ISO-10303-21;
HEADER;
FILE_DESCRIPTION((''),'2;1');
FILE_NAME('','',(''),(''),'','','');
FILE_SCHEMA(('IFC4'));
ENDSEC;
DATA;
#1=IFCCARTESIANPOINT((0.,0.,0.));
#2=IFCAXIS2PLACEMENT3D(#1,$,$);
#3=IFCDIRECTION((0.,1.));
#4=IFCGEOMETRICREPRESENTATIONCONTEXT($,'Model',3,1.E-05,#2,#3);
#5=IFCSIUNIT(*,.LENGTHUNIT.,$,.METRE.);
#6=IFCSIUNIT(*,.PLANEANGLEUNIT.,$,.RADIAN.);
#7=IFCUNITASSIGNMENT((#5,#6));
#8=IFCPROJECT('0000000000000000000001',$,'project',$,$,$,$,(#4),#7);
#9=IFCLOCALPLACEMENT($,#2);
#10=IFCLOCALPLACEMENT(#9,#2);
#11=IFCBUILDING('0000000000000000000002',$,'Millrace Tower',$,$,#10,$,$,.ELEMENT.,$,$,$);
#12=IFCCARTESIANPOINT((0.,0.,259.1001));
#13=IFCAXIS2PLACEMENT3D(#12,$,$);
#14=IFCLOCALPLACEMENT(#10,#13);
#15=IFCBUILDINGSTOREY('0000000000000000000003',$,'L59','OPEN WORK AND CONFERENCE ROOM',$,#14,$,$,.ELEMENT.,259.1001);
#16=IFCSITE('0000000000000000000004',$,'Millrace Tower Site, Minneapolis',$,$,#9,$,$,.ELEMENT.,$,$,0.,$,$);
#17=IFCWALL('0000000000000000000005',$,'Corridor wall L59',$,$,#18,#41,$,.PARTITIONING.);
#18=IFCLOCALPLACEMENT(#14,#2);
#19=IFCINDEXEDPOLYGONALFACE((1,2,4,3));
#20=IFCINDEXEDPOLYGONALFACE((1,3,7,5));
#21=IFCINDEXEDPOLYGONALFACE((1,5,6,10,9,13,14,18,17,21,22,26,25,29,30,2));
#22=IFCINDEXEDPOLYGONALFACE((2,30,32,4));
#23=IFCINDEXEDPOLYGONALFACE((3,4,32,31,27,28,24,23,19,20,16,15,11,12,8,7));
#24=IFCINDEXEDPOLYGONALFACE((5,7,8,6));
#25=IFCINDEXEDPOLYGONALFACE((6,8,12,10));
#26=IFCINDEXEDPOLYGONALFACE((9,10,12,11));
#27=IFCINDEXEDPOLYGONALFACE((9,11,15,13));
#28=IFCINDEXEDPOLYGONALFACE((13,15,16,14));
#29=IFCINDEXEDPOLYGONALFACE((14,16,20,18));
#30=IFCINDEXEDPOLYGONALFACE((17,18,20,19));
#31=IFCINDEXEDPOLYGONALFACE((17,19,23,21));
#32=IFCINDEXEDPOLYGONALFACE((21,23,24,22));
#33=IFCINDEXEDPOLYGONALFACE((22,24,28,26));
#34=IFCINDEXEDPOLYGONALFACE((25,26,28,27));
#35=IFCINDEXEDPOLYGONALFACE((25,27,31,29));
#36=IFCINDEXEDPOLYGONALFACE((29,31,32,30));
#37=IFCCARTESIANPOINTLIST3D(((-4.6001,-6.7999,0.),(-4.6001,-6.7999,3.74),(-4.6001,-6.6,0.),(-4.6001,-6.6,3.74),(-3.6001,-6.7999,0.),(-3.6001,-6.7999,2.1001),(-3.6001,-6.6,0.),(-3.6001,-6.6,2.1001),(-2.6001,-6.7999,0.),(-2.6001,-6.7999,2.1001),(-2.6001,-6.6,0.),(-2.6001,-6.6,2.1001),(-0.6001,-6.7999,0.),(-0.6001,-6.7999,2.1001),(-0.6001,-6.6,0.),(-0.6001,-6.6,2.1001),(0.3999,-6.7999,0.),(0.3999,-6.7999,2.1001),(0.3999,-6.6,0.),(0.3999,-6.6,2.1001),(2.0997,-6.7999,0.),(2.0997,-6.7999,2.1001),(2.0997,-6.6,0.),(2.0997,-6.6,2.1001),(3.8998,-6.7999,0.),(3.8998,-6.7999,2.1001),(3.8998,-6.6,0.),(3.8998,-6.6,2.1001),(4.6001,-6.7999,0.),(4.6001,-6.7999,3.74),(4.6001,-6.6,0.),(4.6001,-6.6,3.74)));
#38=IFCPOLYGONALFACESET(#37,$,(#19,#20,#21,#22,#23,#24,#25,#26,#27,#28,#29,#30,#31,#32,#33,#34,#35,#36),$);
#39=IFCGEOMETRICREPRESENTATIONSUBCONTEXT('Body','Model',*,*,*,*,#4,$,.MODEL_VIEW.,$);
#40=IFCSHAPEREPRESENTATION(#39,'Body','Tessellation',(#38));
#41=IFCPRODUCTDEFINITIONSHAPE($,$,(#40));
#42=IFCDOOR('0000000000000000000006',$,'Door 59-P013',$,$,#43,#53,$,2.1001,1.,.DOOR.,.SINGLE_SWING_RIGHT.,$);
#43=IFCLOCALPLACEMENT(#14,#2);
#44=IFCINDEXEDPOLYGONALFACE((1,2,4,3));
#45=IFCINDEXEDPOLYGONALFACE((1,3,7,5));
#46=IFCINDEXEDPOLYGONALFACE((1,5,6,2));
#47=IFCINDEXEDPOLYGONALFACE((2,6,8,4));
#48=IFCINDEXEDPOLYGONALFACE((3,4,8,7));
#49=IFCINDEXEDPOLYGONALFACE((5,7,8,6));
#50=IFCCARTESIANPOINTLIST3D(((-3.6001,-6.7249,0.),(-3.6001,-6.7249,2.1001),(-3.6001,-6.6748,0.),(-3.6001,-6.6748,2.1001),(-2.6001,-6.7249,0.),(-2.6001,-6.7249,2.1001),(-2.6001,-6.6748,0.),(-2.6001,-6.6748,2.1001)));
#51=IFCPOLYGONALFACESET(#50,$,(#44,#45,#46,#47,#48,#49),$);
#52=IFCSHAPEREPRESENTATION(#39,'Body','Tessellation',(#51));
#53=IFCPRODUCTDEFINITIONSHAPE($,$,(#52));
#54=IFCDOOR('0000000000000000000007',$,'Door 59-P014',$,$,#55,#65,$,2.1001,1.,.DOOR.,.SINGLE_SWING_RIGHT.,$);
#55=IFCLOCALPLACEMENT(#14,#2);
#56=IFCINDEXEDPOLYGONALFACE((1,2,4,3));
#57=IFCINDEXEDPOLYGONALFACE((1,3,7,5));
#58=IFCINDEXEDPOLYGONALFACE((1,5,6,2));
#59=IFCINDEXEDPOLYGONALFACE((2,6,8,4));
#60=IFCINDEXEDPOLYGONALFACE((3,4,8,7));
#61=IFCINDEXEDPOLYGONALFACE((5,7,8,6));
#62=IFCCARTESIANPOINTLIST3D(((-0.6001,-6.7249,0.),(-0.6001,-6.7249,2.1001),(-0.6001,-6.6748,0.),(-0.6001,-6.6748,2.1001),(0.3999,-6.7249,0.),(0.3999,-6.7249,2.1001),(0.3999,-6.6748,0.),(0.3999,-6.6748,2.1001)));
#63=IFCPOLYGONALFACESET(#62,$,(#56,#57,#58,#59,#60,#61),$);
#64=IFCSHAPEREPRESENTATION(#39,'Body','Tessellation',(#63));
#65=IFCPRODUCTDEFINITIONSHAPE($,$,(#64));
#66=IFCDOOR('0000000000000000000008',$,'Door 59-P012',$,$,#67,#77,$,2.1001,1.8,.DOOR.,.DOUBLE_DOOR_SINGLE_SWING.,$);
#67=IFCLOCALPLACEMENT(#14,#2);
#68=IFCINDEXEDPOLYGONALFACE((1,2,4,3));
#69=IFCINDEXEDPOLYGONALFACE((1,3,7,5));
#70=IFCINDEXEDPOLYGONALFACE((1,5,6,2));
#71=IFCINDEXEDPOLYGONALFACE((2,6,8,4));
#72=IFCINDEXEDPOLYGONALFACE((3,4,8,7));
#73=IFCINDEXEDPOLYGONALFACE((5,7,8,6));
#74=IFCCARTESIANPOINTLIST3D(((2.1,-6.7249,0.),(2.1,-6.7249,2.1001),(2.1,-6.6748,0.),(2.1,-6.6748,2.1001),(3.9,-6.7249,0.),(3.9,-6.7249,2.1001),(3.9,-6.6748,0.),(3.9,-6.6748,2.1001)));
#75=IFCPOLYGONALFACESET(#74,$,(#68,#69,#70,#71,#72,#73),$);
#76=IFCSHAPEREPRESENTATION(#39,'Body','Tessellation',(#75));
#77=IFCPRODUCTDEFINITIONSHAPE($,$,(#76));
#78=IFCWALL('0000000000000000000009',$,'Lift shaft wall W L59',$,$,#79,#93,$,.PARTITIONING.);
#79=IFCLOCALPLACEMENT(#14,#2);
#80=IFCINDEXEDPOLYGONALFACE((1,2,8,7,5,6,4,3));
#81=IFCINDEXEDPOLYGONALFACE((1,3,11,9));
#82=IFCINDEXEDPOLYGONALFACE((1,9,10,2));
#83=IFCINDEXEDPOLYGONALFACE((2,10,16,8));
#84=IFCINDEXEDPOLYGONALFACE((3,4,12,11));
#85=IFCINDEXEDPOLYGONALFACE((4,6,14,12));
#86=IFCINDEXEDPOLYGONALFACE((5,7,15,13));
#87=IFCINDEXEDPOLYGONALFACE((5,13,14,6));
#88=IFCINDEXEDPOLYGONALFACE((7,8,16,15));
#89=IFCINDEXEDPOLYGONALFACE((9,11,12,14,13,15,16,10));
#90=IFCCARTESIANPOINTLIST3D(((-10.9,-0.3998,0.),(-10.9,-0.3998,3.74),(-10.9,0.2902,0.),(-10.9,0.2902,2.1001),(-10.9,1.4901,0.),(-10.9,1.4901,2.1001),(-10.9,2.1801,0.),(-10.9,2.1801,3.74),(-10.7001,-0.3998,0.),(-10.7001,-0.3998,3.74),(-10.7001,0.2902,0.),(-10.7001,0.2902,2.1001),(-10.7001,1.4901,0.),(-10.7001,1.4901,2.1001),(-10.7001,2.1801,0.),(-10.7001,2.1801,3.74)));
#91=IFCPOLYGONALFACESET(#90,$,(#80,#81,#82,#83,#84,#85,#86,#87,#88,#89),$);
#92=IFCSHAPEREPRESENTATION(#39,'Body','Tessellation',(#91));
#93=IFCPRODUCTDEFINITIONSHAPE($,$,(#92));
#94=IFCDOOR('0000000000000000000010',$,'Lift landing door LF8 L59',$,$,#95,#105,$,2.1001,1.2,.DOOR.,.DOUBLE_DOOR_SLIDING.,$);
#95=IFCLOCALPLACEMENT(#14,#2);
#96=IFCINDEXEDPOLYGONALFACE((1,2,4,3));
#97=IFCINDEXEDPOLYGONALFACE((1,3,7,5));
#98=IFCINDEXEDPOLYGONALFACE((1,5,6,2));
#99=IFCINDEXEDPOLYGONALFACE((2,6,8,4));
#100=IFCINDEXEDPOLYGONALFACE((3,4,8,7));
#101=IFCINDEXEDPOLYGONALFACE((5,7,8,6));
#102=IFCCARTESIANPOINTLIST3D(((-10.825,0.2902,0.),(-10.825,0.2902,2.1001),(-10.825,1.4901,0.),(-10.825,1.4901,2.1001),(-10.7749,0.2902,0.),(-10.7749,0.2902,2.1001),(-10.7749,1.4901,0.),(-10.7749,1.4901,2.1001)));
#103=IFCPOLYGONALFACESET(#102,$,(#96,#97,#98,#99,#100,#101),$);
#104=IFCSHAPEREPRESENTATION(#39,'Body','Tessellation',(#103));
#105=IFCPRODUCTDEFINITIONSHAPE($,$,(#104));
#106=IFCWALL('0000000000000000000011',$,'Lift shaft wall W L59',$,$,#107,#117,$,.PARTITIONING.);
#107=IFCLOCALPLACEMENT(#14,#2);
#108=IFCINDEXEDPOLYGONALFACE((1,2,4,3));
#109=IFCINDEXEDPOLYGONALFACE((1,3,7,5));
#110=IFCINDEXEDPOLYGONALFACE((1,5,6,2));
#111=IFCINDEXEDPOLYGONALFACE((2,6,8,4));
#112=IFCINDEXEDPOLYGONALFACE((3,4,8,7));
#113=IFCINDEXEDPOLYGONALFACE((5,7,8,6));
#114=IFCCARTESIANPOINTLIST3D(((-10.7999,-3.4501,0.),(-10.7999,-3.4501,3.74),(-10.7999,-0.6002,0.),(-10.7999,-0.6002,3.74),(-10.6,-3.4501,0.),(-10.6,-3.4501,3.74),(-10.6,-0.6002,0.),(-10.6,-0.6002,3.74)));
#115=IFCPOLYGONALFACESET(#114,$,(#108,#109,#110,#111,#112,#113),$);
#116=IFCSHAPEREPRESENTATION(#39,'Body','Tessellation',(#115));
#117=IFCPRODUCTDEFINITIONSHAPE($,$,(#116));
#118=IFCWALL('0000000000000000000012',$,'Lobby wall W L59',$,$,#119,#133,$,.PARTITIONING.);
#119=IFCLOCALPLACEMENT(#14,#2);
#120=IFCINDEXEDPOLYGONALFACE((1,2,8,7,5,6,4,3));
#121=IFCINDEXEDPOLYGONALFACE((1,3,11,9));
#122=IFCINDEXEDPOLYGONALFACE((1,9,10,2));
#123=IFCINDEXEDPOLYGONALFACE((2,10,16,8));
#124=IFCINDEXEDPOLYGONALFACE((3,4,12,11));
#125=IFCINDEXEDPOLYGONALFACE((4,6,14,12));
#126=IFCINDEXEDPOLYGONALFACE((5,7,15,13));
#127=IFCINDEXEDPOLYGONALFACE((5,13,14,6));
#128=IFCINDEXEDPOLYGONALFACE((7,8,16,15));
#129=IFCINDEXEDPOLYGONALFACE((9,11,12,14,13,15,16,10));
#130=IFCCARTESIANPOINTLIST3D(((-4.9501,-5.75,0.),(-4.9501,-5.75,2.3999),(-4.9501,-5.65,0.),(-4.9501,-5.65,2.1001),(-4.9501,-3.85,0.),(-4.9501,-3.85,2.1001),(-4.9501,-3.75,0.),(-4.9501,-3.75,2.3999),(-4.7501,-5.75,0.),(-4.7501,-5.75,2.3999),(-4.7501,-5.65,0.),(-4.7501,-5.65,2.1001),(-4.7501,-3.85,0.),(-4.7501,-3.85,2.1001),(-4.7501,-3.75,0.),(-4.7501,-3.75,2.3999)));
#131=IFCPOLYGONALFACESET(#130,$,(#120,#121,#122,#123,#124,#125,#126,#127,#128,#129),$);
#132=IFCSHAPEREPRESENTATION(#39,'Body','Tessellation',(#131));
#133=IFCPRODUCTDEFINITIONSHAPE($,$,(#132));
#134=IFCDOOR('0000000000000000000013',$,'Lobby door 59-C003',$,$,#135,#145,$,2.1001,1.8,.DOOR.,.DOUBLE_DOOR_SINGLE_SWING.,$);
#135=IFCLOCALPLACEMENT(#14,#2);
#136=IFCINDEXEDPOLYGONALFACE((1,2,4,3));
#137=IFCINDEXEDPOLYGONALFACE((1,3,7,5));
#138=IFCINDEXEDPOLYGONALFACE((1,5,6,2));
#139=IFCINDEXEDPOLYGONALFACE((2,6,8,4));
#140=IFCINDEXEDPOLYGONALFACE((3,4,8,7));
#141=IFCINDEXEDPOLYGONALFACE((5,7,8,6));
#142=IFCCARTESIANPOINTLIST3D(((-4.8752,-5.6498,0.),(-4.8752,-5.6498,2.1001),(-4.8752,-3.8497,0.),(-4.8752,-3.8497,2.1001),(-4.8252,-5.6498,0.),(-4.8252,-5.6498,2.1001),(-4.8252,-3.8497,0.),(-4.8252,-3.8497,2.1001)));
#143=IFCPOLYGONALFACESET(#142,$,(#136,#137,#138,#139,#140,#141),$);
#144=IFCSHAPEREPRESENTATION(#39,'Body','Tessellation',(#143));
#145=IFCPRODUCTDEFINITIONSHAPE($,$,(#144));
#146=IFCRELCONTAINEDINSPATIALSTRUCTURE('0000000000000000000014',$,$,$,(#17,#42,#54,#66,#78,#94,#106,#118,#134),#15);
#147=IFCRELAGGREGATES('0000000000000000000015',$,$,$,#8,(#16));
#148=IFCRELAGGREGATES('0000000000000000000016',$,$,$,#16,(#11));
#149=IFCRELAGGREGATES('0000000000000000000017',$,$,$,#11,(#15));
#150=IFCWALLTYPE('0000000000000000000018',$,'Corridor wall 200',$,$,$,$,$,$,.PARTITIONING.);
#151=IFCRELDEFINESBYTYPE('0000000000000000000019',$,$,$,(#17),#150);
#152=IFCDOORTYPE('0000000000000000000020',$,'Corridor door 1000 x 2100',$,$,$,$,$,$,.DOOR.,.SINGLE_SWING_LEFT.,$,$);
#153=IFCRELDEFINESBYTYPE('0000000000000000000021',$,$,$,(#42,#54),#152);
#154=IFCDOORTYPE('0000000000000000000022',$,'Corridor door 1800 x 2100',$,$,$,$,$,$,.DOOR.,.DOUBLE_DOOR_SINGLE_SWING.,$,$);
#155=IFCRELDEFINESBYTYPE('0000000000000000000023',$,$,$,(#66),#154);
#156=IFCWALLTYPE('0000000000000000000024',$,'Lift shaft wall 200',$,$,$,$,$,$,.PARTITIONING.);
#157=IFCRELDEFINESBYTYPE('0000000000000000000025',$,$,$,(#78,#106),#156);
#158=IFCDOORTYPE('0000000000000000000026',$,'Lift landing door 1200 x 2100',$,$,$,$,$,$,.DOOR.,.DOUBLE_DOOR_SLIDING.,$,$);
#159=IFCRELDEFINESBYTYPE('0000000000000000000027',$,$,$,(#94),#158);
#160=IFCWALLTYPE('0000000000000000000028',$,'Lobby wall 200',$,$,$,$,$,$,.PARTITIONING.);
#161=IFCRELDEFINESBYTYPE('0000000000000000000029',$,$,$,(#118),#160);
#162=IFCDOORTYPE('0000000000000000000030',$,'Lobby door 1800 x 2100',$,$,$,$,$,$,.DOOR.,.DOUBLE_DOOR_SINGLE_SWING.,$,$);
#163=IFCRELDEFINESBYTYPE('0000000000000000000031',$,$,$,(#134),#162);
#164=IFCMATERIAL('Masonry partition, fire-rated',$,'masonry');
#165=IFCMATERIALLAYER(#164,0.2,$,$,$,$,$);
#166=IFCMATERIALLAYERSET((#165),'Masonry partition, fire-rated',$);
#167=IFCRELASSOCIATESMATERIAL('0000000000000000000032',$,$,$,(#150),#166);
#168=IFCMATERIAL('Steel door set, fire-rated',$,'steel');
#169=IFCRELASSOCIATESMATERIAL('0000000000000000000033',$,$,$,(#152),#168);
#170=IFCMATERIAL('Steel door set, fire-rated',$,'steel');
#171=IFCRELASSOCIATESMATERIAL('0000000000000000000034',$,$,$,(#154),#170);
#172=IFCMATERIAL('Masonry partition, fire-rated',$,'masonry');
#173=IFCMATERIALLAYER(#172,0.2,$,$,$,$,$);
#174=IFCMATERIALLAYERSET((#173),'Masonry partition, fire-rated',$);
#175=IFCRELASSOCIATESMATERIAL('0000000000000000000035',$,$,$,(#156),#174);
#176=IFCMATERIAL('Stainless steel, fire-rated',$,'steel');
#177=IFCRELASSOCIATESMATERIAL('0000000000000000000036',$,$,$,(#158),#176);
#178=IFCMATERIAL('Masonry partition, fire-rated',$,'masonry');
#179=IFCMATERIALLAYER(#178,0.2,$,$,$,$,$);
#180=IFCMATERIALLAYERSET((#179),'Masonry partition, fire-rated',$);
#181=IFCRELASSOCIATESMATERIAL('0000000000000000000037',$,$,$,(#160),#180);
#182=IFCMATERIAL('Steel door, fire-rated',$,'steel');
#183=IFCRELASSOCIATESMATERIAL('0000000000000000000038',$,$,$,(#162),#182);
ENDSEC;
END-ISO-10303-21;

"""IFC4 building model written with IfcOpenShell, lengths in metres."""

from ifc_helpers import new_model, si_unit, direction, frame, frame_2d, origin, place, context, subcontext, project, spatial, rectangle, extrude, material, layer, layer_set, type_object, element, fill, save


model = new_model("IFC4")

# Units and contexts
model_context = context("Model", 3, precision=1e-05, world=origin(), true_north=direction((0.0, 1.0)))
body_context = subcontext(model_context, "Body", "Model", "MODEL_VIEW")
ifc_project = project(units=[si_unit("LENGTHUNIT", "METRE"), si_unit("PLANEANGLEUNIT", "RADIAN")], contexts=[model_context])

# Site, building, storey
site_placement = place(None, origin())
site = spatial("IfcSite", under=ifc_project, at=site_placement, Name="Millrace Tower Site, Minneapolis", CompositionType="ELEMENT", RefElevation=0.0)
building_placement = place(site_placement, origin())
building = spatial("IfcBuilding", under=site, at=building_placement, Name="Millrace Tower", CompositionType="ELEMENT")
storey_placement = place(building_placement, frame((0.0, 0.0, 259.1001)))
storey = spatial("IfcBuildingStorey", under=building, at=storey_placement, Name="L59", Description="OPEN WORK AND CONFERENCE ROOM", CompositionType="ELEMENT", Elevation=259.1001)

# Wall, openings, doors
ifc_material_1 = material(Name="Masonry partition, fire-rated", Category="masonry")
ifc_layer_1 = layer(ifc_material_1, 0.2)
ifc_layer_set_1 = layer_set([ifc_layer_1], Name="Masonry partition, fire-rated")
wall_type_1 = type_object("IfcWallType", Name="Corridor wall 200", PredefinedType="PARTITIONING", material=ifc_layer_set_1)
wall_1_placement = place(storey_placement, frame((-4.6001, -6.7, 0.0), z_axis=(0.0, 0.0, 1.0), x_axis=(1.0, 0.0, 0.0)))
wall_1 = element("IfcWall", 1, at=wall_1_placement, inside=storey, type_object=wall_type_1, Name="Corridor wall L59", PredefinedType="PARTITIONING", context=body_context, shape_type="SweptSolid", body=[
    extrude(rectangle(XDim=9.2002, YDim=0.2, at=frame_2d((4.6001, 0.0))), origin(), (0.0, 0.0, 1.0), 3.74),
])
opening_1_placement = place(wall_1_placement, frame((6.7, 0.0, 0.0)))
opening_1 = element("IfcOpeningElement", 2, at=opening_1_placement, cuts=wall_1, PredefinedType="OPENING", context=body_context, shape_type="SweptSolid", body=[
    extrude(rectangle(XDim=1.8, YDim=2.1001, at=frame_2d((0.8999, 1.05))), frame((0.0, 0.1099, 0.0), z_axis=(0.0, -1.0, 0.0), x_axis=(1.0, 0.0, 0.0)), (0.0, 0.0, 1.0), 0.22),
])
opening_2_placement = place(wall_1_placement, frame((1.0, 0.0, 0.0)))
opening_2 = element("IfcOpeningElement", 3, at=opening_2_placement, cuts=wall_1, PredefinedType="OPENING", context=body_context, shape_type="SweptSolid", body=[
    extrude(rectangle(XDim=1.0, YDim=2.1001, at=frame_2d((0.5, 1.05))), frame((0.0, 0.1099, 0.0), z_axis=(0.0, -1.0, 0.0), x_axis=(1.0, 0.0, 0.0)), (0.0, 0.0, 1.0), 0.22),
])
opening_3_placement = place(wall_1_placement, frame((4.0, 0.0, 0.0)))
opening_3 = element("IfcOpeningElement", 4, at=opening_3_placement, cuts=wall_1, PredefinedType="OPENING", context=body_context, shape_type="SweptSolid", body=[
    extrude(rectangle(XDim=1.0, YDim=2.1001, at=frame_2d((0.5, 1.05))), frame((0.0, 0.1099, 0.0), z_axis=(0.0, -1.0, 0.0), x_axis=(1.0, 0.0, 0.0)), (0.0, 0.0, 1.0), 0.22),
])
ifc_material_2 = material(Name="Steel door set, fire-rated", Category="steel")
door_type_1 = type_object("IfcDoorType", Name="Corridor door 1000 x 2100", OperationType="SINGLE_SWING_LEFT", PredefinedType="DOOR", material=ifc_material_2)
door_1_placement = place(opening_2_placement, frame((1.0, 0.0, 0.0), z_axis=(0.0, 0.0, 1.0), x_axis=(-1.0, 0.0, 0.0)))
door_1 = element("IfcDoor", 5, at=door_1_placement, inside=storey, type_object=door_type_1, Name="Door 59-P013", OperationType="SINGLE_SWING_RIGHT", OverallHeight=2.1001, OverallWidth=1.0, PredefinedType="DOOR", context=body_context, shape_type="SweptSolid", body=[
    extrude(rectangle(XDim=1.0, YDim=2.1001, at=frame_2d((0.5, 1.05))), frame((0.0, 0.0249, 0.0), z_axis=(0.0, -1.0, 0.0), x_axis=(1.0, 0.0, 0.0)), (0.0, 0.0, 1.0), 0.05),
])
fill(opening_2, door_1)
door_2_placement = place(opening_3_placement, frame((1.0, 0.0, 0.0), z_axis=(0.0, 0.0, 1.0), x_axis=(-1.0, 0.0, 0.0)))
door_2 = element("IfcDoor", 6, at=door_2_placement, inside=storey, type_object=door_type_1, Name="Door 59-P014", OperationType="SINGLE_SWING_RIGHT", OverallHeight=2.1001, OverallWidth=1.0, PredefinedType="DOOR", context=body_context, shape_type="SweptSolid", body=[
    extrude(rectangle(XDim=1.0, YDim=2.1001, at=frame_2d((0.5, 1.05))), frame((0.0, 0.0249, 0.0), z_axis=(0.0, -1.0, 0.0), x_axis=(1.0, 0.0, 0.0)), (0.0, 0.0, 1.0), 0.05),
])
fill(opening_3, door_2)
ifc_material_3 = material(Name="Steel door set, fire-rated", Category="steel")
door_type_2 = type_object("IfcDoorType", Name="Corridor door 1800 x 2100", OperationType="DOUBLE_DOOR_SINGLE_SWING", PredefinedType="DOOR", material=ifc_material_3)
door_3_placement = place(opening_1_placement, frame((1.8, 0.0, 0.0), z_axis=(0.0, 0.0, 1.0), x_axis=(-1.0, 0.0, 0.0)))
door_3 = element("IfcDoor", 7, at=door_3_placement, inside=storey, type_object=door_type_2, Name="Door 59-P012", OperationType="DOUBLE_DOOR_SINGLE_SWING", OverallHeight=2.1001, OverallWidth=1.8, PredefinedType="DOOR", context=body_context, shape_type="SweptSolid", body=[
    extrude(rectangle(XDim=1.8, YDim=2.1001, at=frame_2d((0.8999, 1.05))), frame((0.0, 0.0249, 0.0), z_axis=(0.0, -1.0, 0.0), x_axis=(1.0, 0.0, 0.0)), (0.0, 0.0, 1.0), 0.05),
])
fill(opening_1, door_3)

# Wall, opening, door
ifc_material_4 = material(Name="Masonry partition, fire-rated", Category="masonry")
ifc_layer_2 = layer(ifc_material_4, 0.2)
ifc_layer_set_2 = layer_set([ifc_layer_2], Name="Masonry partition, fire-rated")
wall_type_2 = type_object("IfcWallType", Name="Lift shaft wall 200", PredefinedType="PARTITIONING", material=ifc_layer_set_2)
wall_2_placement = place(storey_placement, frame((-10.8, -0.3999, 0.0), z_axis=(0.0, 0.0, 1.0), x_axis=(0.0, 1.0, 0.0)))
wall_2 = element("IfcWall", 8, at=wall_2_placement, inside=storey, type_object=wall_type_2, Name="Lift shaft wall W L59", PredefinedType="PARTITIONING", context=body_context, shape_type="SweptSolid", body=[
    extrude(rectangle(XDim=2.5798, YDim=0.2, at=frame_2d((1.29, 0.0))), origin(), (0.0, 0.0, 1.0), 3.74),
])
opening_4_placement = place(wall_2_placement, frame((0.6899, 0.0, 0.0)))
opening_4 = element("IfcOpeningElement", 9, at=opening_4_placement, cuts=wall_2, PredefinedType="OPENING", context=body_context, shape_type="SweptSolid", body=[
    extrude(rectangle(XDim=1.2, YDim=2.1001, at=frame_2d((0.6001, 1.05))), frame((0.0, 0.1099, 0.0), z_axis=(0.0, -1.0, 0.0), x_axis=(1.0, 0.0, 0.0)), (0.0, 0.0, 1.0), 0.22),
])
ifc_material_5 = material(Name="Stainless steel, fire-rated", Category="steel")
door_type_3 = type_object("IfcDoorType", Name="Lift landing door 1200 x 2100", OperationType="DOUBLE_DOOR_SLIDING", PredefinedType="DOOR", material=ifc_material_5)
door_4_placement = place(opening_4_placement, origin())
door_4 = element("IfcDoor", 10, at=door_4_placement, inside=storey, type_object=door_type_3, Name="Lift landing door LF8 L59", OperationType="DOUBLE_DOOR_SLIDING", OverallHeight=2.1001, OverallWidth=1.2, PredefinedType="DOOR", context=body_context, shape_type="SweptSolid", body=[
    extrude(rectangle(XDim=1.2, YDim=2.1001, at=frame_2d((0.6001, 1.05))), frame((0.0, 0.0249, 0.0), z_axis=(0.0, -1.0, 0.0), x_axis=(1.0, 0.0, 0.0)), (0.0, 0.0, 1.0), 0.05),
])
fill(opening_4, door_4)

# Wall
wall_3_placement = place(storey_placement, frame((-10.7, -3.45, 0.0), z_axis=(0.0, 0.0, 1.0), x_axis=(0.0, 1.0, 0.0)))
element("IfcWall", 11, at=wall_3_placement, inside=storey, type_object=wall_type_2, Name="Lift shaft wall W L59", PredefinedType="PARTITIONING", context=body_context, shape_type="SweptSolid", body=[
    extrude(rectangle(XDim=2.8499, YDim=0.2, at=frame_2d((1.4248, 0.0))), origin(), (0.0, 0.0, 1.0), 3.74),
])

# Wall, opening, door
ifc_material_6 = material(Name="Masonry partition, fire-rated", Category="masonry")
ifc_layer_3 = layer(ifc_material_6, 0.2)
ifc_layer_set_3 = layer_set([ifc_layer_3], Name="Masonry partition, fire-rated")
wall_type_3 = type_object("IfcWallType", Name="Lobby wall 200", PredefinedType="PARTITIONING", material=ifc_layer_set_3)
wall_4_placement = place(storey_placement, frame((-4.8501, -5.75, 0.0), z_axis=(0.0, 0.0, 1.0), x_axis=(0.0, 1.0, 0.0)))
wall_4 = element("IfcWall", 12, at=wall_4_placement, inside=storey, type_object=wall_type_3, Name="Lobby wall W L59", PredefinedType="PARTITIONING", context=body_context, shape_type="SweptSolid", body=[
    extrude(rectangle(XDim=2.0, YDim=0.2, at=frame_2d((1.0, 0.0))), origin(), (0.0, 0.0, 1.0), 2.3999),
])
opening_5_placement = place(wall_4_placement, frame((0.1001, 0.0, 0.0)))
opening_5 = element("IfcOpeningElement", 13, at=opening_5_placement, cuts=wall_4, PredefinedType="OPENING", context=body_context, shape_type="SweptSolid", body=[
    extrude(rectangle(XDim=1.8, YDim=2.1001, at=frame_2d((0.8999, 1.05))), frame((0.0, 0.1099, 0.0), z_axis=(0.0, -1.0, 0.0), x_axis=(1.0, 0.0, 0.0)), (0.0, 0.0, 1.0), 0.22),
])
ifc_material_7 = material(Name="Steel door, fire-rated", Category="steel")
door_type_4 = type_object("IfcDoorType", Name="Lobby door 1800 x 2100", OperationType="DOUBLE_DOOR_SINGLE_SWING", PredefinedType="DOOR", material=ifc_material_7)
door_5_placement = place(opening_5_placement, frame((1.8, 0.0, 0.0), z_axis=(0.0, 0.0, 1.0), x_axis=(-1.0, 0.0, 0.0)))
door_5 = element("IfcDoor", 14, at=door_5_placement, inside=storey, type_object=door_type_4, Name="Lobby door 59-C003", OperationType="DOUBLE_DOOR_SINGLE_SWING", OverallHeight=2.1001, OverallWidth=1.8, PredefinedType="DOOR", context=body_context, shape_type="SweptSolid", body=[
    extrude(rectangle(XDim=1.8, YDim=2.1001, at=frame_2d((0.8999, 1.05))), frame((0.0, 0.0249, 0.0), z_axis=(0.0, -1.0, 0.0), x_axis=(1.0, 0.0, 0.0)), (0.0, 0.0, 1.0), 0.05),
])
fill(opening_5, door_5)

save(model, "model.ifc")
